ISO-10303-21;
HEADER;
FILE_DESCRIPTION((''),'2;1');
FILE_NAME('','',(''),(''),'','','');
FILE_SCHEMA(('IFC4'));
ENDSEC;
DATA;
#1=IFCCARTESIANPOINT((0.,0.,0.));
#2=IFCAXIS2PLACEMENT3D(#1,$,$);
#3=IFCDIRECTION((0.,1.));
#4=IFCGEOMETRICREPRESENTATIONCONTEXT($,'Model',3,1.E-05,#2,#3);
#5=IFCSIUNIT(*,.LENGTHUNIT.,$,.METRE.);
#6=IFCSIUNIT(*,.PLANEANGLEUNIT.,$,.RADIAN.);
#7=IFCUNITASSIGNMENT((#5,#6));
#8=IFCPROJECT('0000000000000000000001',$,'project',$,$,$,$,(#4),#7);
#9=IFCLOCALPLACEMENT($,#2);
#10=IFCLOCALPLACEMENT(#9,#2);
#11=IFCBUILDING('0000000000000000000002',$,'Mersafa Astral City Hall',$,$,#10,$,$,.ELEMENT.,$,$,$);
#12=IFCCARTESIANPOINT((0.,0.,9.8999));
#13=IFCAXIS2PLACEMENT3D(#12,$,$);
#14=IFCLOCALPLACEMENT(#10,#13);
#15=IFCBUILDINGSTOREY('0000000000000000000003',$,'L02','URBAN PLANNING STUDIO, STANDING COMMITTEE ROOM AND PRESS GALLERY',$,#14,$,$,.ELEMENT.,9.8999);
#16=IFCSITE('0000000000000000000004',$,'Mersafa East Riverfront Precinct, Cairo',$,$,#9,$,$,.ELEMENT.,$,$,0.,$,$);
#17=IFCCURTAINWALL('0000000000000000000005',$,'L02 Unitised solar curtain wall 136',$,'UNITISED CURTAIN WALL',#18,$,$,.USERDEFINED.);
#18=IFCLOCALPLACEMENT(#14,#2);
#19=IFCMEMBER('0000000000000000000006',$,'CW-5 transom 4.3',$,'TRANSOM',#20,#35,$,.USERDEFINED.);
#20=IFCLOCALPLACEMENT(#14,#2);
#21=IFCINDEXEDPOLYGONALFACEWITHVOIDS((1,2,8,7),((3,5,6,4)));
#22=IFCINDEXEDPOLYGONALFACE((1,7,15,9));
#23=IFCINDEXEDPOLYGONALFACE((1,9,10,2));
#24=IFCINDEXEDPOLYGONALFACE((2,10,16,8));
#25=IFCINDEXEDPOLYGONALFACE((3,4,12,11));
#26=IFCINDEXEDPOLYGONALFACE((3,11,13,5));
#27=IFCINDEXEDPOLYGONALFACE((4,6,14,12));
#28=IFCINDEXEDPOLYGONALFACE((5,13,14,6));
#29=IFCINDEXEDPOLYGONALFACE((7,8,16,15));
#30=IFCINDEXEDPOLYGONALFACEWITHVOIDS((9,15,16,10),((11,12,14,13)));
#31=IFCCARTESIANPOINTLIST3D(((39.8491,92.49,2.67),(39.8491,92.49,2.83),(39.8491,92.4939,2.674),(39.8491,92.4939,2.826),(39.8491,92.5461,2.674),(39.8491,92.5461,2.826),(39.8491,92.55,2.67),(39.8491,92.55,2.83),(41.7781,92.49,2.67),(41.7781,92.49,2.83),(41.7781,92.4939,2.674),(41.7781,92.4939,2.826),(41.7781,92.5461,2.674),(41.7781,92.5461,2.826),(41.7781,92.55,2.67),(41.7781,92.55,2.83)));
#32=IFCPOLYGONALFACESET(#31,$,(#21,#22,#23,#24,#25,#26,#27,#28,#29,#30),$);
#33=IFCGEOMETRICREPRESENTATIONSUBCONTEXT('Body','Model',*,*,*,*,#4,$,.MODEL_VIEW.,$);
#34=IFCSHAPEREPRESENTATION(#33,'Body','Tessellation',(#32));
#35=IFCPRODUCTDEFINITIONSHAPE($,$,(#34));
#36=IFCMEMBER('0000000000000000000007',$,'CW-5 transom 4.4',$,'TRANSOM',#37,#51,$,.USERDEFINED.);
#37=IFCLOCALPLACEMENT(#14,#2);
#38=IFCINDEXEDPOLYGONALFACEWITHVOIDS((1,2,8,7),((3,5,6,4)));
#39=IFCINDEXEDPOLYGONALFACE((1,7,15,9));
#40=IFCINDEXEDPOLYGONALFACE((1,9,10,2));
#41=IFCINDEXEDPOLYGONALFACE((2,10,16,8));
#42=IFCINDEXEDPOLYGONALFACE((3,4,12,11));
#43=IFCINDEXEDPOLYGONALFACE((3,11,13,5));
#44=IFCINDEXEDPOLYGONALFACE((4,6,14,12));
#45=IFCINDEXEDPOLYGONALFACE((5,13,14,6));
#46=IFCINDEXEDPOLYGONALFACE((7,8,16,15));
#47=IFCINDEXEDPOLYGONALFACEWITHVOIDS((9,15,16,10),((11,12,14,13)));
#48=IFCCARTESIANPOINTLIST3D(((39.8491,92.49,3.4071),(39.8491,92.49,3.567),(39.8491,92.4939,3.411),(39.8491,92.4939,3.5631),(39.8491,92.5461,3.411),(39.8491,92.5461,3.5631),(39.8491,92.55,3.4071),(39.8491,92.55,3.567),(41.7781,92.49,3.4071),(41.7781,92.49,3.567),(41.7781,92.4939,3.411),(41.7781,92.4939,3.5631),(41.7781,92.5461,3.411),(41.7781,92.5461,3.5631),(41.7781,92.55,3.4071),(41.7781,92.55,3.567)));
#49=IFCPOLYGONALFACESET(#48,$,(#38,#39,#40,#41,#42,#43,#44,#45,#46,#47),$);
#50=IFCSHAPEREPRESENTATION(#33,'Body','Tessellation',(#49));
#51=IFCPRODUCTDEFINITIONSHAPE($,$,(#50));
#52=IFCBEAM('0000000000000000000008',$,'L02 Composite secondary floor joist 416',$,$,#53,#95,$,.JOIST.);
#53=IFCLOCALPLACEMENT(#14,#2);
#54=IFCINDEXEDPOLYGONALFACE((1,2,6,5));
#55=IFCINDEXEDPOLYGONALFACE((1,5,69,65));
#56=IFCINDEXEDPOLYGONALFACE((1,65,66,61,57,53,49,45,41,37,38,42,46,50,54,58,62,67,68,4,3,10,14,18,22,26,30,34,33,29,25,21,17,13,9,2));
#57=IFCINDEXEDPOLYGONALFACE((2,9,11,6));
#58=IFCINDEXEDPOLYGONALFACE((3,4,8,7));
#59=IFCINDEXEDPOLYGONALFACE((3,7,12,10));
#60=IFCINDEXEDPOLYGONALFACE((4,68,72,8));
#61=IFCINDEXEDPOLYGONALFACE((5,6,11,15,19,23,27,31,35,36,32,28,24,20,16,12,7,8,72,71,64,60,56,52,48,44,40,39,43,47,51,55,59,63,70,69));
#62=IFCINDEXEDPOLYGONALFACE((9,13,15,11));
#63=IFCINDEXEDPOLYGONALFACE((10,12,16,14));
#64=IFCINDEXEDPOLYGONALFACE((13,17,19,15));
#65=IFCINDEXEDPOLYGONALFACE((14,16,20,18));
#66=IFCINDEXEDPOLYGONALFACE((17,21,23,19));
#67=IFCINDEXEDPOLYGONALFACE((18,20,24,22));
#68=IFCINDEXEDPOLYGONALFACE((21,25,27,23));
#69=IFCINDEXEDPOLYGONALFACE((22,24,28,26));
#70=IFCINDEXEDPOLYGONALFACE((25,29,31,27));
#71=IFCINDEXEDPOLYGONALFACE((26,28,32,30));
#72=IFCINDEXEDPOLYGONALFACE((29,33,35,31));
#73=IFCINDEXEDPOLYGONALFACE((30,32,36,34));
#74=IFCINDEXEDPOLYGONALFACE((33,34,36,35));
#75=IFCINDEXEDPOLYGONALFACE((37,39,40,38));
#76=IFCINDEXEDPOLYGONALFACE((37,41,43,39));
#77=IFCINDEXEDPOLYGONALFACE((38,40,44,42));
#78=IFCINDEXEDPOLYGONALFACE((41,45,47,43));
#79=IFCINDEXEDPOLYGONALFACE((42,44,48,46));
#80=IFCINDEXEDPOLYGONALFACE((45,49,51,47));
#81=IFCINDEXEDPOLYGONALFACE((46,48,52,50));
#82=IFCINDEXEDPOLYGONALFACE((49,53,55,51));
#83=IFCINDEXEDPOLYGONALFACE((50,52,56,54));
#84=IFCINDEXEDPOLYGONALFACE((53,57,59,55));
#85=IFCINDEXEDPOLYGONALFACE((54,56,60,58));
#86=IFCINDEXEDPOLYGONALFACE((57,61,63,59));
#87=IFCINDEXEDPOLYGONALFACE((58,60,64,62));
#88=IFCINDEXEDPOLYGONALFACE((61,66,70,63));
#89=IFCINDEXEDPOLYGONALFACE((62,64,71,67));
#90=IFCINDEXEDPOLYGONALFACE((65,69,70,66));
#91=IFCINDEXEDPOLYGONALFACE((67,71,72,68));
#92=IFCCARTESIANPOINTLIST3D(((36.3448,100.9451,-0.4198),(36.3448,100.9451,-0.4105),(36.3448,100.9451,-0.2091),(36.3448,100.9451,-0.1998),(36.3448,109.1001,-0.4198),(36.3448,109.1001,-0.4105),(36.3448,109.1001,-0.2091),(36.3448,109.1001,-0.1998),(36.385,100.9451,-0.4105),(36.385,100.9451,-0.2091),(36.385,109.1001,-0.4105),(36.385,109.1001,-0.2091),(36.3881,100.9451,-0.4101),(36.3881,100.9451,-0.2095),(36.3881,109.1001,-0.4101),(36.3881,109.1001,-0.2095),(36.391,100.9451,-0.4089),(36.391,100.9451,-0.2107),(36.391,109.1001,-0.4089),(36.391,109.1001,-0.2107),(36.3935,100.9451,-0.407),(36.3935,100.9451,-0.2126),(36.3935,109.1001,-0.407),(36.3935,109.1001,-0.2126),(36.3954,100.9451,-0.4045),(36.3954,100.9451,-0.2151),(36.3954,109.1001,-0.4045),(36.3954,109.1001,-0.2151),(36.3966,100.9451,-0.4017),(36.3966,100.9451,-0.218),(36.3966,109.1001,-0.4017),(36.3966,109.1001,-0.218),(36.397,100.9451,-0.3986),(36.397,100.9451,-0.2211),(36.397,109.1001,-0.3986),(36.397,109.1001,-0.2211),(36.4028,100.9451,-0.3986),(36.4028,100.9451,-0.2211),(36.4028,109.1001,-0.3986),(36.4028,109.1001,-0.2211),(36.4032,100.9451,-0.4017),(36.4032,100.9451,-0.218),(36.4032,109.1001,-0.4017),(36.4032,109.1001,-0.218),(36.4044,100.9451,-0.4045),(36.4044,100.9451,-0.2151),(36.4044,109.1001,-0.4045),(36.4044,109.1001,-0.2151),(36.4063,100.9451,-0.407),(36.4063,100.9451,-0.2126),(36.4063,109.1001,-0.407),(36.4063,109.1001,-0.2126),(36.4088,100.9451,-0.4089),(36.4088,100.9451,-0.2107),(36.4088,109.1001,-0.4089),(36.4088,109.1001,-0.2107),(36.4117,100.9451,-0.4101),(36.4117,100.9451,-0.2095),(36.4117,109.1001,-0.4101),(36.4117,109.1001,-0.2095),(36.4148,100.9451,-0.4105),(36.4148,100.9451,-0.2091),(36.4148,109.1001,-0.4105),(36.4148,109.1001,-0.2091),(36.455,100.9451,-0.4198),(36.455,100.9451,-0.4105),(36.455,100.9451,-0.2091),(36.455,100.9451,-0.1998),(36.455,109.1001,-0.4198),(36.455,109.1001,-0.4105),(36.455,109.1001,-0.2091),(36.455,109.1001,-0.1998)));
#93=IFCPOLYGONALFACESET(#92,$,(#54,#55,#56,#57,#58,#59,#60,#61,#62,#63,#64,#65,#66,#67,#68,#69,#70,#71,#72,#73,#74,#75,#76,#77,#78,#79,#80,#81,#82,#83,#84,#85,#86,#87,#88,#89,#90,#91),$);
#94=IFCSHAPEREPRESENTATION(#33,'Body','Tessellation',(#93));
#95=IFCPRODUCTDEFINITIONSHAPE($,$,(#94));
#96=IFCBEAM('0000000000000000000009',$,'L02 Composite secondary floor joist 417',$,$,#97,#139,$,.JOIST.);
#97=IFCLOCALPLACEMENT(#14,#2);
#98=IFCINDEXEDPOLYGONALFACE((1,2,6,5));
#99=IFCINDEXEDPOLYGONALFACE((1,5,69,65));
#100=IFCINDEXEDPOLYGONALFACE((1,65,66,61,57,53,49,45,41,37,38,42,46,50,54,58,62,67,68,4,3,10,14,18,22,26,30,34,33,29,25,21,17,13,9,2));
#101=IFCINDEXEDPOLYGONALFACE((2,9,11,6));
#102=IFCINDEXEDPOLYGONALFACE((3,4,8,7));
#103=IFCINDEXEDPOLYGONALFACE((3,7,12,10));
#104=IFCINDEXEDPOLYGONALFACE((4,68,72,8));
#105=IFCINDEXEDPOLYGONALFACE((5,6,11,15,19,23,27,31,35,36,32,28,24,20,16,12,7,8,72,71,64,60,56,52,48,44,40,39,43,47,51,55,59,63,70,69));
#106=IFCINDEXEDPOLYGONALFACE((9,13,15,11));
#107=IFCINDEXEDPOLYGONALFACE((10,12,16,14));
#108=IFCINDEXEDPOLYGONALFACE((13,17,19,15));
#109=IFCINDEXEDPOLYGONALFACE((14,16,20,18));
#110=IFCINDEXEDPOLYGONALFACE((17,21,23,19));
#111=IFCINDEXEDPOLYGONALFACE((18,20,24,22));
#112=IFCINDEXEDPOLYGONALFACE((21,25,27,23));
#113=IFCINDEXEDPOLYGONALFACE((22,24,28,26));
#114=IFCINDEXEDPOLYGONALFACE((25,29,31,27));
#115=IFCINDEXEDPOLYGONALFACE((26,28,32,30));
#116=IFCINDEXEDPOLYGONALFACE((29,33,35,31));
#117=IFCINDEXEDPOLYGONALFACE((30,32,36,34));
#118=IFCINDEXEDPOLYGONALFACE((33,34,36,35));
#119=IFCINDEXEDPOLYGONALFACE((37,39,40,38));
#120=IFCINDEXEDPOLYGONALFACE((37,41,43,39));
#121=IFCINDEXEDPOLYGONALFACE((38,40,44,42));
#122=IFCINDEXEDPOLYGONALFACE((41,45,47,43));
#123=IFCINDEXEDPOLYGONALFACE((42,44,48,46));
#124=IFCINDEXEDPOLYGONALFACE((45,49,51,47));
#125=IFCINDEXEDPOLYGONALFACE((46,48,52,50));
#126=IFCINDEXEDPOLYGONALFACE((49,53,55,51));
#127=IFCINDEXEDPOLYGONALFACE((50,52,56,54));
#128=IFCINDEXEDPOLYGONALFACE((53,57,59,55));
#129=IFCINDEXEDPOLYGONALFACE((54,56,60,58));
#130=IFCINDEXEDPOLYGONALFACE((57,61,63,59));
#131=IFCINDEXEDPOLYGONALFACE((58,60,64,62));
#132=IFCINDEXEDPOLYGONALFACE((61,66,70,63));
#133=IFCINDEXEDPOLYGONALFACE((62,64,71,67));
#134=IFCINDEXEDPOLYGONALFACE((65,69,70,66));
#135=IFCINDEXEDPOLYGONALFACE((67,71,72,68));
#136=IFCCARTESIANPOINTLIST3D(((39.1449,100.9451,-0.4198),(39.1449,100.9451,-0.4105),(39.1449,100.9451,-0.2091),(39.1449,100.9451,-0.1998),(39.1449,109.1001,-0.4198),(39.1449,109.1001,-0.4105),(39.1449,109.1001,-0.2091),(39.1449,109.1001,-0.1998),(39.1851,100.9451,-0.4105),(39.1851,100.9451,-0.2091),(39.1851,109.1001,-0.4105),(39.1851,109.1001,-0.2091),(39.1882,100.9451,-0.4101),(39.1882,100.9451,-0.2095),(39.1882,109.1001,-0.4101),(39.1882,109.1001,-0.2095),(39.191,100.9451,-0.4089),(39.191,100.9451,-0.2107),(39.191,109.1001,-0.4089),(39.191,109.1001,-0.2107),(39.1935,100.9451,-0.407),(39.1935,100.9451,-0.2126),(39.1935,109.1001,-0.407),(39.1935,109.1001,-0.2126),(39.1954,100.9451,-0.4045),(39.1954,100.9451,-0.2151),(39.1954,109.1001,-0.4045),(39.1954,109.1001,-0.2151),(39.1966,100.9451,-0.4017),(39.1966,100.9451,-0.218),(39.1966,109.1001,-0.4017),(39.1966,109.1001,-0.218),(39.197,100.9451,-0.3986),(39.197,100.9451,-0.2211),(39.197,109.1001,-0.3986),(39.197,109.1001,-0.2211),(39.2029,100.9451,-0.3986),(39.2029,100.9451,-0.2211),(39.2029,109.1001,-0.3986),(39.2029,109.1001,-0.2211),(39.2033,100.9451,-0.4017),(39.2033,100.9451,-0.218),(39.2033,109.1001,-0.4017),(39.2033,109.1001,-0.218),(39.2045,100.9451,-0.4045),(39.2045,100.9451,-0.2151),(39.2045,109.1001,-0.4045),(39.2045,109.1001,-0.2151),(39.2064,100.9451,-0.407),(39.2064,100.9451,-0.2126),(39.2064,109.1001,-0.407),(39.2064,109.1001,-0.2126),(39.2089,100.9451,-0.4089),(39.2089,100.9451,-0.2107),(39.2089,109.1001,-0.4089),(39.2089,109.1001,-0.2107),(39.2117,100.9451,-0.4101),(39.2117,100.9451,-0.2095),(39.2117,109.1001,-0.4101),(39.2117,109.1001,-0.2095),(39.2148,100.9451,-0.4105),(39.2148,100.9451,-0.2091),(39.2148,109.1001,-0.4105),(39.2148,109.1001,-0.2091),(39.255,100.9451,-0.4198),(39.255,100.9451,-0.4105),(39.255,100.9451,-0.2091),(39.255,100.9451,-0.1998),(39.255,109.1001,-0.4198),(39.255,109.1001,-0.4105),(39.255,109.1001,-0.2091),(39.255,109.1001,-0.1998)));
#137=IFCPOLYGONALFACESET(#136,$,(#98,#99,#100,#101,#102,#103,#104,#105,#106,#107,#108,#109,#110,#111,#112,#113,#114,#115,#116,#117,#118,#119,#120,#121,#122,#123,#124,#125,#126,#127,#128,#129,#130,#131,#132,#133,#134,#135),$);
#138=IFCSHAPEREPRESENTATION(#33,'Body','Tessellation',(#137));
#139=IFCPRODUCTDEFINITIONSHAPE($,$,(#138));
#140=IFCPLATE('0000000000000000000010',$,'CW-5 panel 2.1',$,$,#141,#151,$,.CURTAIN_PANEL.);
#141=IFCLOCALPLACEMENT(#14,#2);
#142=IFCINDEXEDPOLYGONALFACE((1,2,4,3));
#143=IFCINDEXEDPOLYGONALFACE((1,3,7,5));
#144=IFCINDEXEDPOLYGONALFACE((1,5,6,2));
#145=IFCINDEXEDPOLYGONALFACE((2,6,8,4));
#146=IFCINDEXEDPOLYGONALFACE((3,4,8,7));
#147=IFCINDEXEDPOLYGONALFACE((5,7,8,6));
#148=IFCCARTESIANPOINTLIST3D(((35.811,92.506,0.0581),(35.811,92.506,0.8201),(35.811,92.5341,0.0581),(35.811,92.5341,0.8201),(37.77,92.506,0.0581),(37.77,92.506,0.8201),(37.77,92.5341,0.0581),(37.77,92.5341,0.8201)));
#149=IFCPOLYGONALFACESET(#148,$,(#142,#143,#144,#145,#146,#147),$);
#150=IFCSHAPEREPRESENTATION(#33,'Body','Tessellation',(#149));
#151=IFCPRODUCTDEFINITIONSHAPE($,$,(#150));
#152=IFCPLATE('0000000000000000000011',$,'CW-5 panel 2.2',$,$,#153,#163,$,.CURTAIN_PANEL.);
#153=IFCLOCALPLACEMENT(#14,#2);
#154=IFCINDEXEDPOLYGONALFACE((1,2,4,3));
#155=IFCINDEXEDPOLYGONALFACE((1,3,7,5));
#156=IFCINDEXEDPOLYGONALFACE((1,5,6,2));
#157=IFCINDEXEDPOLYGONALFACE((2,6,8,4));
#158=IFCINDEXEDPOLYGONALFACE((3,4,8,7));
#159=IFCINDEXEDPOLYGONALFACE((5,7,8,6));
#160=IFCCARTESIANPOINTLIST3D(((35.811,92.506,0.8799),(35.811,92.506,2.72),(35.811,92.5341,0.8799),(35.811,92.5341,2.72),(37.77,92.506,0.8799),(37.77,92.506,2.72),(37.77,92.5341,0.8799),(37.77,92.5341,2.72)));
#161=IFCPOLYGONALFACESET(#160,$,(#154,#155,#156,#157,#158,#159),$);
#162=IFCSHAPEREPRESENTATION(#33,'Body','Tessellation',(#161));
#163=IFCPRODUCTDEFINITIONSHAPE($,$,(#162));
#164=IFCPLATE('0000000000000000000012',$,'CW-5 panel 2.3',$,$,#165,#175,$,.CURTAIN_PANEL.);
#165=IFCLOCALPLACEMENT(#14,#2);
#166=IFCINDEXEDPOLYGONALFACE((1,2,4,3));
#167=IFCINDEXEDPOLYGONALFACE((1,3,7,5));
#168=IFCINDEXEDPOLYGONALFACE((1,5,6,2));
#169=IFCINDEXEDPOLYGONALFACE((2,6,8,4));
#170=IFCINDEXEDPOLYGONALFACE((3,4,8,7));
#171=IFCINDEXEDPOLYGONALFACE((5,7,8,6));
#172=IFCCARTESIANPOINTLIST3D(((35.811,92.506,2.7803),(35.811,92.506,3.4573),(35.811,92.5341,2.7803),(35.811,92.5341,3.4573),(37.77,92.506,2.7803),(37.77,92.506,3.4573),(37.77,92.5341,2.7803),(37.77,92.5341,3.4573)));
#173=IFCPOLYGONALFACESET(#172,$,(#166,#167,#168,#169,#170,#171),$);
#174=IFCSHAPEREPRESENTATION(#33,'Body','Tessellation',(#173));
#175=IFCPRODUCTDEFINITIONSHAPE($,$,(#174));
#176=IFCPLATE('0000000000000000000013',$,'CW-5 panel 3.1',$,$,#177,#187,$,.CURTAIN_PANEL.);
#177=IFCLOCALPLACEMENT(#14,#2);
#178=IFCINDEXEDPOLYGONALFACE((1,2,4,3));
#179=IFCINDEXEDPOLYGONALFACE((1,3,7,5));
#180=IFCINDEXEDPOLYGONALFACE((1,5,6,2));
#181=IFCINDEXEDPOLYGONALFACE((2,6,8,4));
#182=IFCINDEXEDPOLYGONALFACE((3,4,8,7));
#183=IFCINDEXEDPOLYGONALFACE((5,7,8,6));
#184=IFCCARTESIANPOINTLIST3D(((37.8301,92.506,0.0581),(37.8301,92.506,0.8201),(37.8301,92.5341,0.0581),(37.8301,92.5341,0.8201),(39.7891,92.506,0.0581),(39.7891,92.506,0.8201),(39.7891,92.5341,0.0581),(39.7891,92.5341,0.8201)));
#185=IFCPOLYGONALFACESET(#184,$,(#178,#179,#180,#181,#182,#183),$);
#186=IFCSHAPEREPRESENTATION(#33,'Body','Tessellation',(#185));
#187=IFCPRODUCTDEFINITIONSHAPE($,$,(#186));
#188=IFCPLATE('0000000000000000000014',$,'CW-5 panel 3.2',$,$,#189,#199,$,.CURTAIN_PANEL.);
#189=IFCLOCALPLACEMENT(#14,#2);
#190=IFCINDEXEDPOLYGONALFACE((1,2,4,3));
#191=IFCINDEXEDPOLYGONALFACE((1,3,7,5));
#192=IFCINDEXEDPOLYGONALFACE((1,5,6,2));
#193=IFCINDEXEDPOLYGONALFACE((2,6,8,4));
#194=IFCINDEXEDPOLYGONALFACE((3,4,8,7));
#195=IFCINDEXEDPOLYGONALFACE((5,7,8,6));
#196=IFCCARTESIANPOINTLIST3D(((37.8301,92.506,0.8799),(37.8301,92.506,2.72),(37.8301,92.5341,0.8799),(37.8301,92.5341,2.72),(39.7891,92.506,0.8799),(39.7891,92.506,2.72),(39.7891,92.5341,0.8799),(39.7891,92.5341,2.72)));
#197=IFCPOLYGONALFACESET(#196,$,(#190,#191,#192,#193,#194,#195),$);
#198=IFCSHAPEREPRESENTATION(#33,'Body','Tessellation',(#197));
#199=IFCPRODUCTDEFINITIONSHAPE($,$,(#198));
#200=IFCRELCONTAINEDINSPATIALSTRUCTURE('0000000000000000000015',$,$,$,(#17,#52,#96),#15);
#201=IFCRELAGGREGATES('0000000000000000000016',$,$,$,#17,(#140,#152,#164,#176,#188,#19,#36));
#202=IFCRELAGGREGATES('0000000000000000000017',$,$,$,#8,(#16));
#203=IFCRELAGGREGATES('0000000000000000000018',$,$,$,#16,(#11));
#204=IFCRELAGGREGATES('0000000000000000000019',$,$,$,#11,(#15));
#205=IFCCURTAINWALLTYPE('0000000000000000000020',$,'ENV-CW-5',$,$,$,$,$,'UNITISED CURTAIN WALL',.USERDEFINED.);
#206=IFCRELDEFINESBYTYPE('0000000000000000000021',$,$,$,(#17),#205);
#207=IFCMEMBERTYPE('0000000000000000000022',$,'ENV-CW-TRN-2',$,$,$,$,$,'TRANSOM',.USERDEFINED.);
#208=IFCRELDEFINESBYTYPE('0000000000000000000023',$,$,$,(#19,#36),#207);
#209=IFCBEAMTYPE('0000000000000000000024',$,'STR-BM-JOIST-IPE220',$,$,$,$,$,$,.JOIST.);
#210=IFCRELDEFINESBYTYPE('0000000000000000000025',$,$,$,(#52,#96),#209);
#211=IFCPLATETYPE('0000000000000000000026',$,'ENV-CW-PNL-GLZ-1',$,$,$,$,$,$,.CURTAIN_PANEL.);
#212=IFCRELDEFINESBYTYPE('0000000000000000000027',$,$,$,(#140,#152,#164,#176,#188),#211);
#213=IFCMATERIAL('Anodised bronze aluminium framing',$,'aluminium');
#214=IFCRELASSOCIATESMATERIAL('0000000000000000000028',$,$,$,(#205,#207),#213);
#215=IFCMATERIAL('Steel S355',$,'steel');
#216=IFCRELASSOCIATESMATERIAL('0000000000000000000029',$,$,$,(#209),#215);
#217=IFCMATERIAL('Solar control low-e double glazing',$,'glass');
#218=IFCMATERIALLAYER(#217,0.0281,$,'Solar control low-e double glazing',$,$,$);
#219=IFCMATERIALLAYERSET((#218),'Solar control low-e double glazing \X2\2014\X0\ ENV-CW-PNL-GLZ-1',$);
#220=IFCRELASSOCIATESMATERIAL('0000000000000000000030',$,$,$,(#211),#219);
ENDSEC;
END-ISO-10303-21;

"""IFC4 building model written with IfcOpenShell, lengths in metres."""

from ifc_helpers import new_model, si_unit, direction, frame, origin, origin_2d, place, context, subcontext, project, spatial, rectangle, hollow_rectangle, i_section, extrude, material, layer, layer_set, material_profile, profile_set, type_object, element, aggregate, save


model = new_model("IFC4")

# Units and contexts
model_context = context("Model", 3, precision=1e-05, world=origin(), true_north=direction((0.0, 1.0)))
body_context = subcontext(model_context, "Body", "Model", "MODEL_VIEW")
ifc_project = project(units=[si_unit("LENGTHUNIT", "METRE"), si_unit("PLANEANGLEUNIT", "RADIAN")], contexts=[model_context])

# Site, building, storey
site_placement = place(None, origin())
site = spatial("IfcSite", under=ifc_project, at=site_placement, Name="Mersafa East Riverfront Precinct, Cairo", CompositionType="ELEMENT", RefElevation=0.0)
building_placement = place(site_placement, origin())
building = spatial("IfcBuilding", under=site, at=building_placement, Name="Mersafa Astral City Hall", CompositionType="ELEMENT")
storey_placement = place(building_placement, frame((0.0, 0.0, 9.8999)))
storey = spatial("IfcBuildingStorey", under=building, at=storey_placement, Name="L02", Description="URBAN PLANNING STUDIO, STANDING COMMITTEE ROOM AND PRESS GALLERY", CompositionType="ELEMENT", Elevation=9.8999)

# Curtain wall
ifc_material_1 = material(Name="Anodised bronze aluminium framing", Category="aluminium")
curtain_wall_type_1 = type_object("IfcCurtainWallType", Name="ENV-CW-5", ElementType="UNITISED CURTAIN WALL", PredefinedType="USERDEFINED", material=ifc_material_1)
curtain_wall_1_placement = place(storey_placement, origin())
curtain_wall_1 = element("IfcCurtainWall", 1, at=curtain_wall_1_placement, inside=storey, type_object=curtain_wall_type_1, Name="L02 Unitised solar curtain wall 136", ObjectType="UNITISED CURTAIN WALL", PredefinedType="USERDEFINED")

# Members
ifc_material_profile_1 = material_profile(ifc_material_1, hollow_rectangle(XDim=0.0601, YDim=0.1599, WallThickness=0.0039, at=origin_2d()), Name="RHS 60x160x4")
ifc_profile_set_1 = profile_set([ifc_material_profile_1], Name="Anodised bronze aluminium framing")
member_type_1 = type_object("IfcMemberType", Name="ENV-CW-TRN-2", ElementType="TRANSOM", PredefinedType="USERDEFINED", material=ifc_profile_set_1)
member_1_placement = place(storey_placement, frame((39.8491, 92.52, 2.75), z_axis=(1.0, 0.0, 0.0), x_axis=(0.0, 1.0, 0.0)))
member_1 = element("IfcMember", 2, at=member_1_placement, type_object=member_type_1, Name="CW-5 transom 4.3", ObjectType="TRANSOM", PredefinedType="USERDEFINED", context=body_context, shape_type="SweptSolid", body=[
    extrude(hollow_rectangle(XDim=0.0601, YDim=0.1599, WallThickness=0.0039, at=origin_2d()), origin(), (0.0, 0.0, 1.0), 1.929),
])
member_2_placement = place(storey_placement, frame((39.8491, 92.52, 3.4871), z_axis=(1.0, 0.0, 0.0), x_axis=(0.0, 1.0, 0.0)))
member_2 = element("IfcMember", 3, at=member_2_placement, type_object=member_type_1, Name="CW-5 transom 4.4", ObjectType="TRANSOM", PredefinedType="USERDEFINED", context=body_context, shape_type="SweptSolid", body=[
    extrude(hollow_rectangle(XDim=0.0601, YDim=0.1599, WallThickness=0.0039, at=origin_2d()), origin(), (0.0, 0.0, 1.0), 1.929),
])

# Beams
ifc_material_2 = material(Name="Steel S355", Category="steel")
ifc_material_profile_2 = material_profile(ifc_material_2, i_section(OverallWidth=0.1101, OverallDepth=0.22, WebThickness=0.0059, FlangeThickness=0.0093, FilletRadius=0.012, at=origin_2d()), Name="IPE 220")
ifc_profile_set_2 = profile_set([ifc_material_profile_2], Name="Steel S355")
beam_type = type_object("IfcBeamType", Name="STR-BM-JOIST-IPE220", PredefinedType="JOIST", material=ifc_profile_set_2)
for number, where, z_axis, x_axis, name in (
    (4, (36.3999, 100.9451, -0.3098), (0.0, 1.0, 0.0), (-1.0, 0.0, 0.0), "L02 Composite secondary floor joist 416"),
    (5, (39.2, 100.9451, -0.3098), (0.0, 1.0, 0.0), (-1.0, 0.0, 0.0), "L02 Composite secondary floor joist 417"),
):
    element("IfcBeam", number, at=place(storey_placement, frame(where, z_axis=z_axis, x_axis=x_axis)), inside=storey, type_object=beam_type, Name=name, PredefinedType="JOIST", context=body_context, shape_type="SweptSolid", body=[
        extrude(i_section(OverallWidth=0.1101, OverallDepth=0.22, WebThickness=0.0059, FlangeThickness=0.0093, FilletRadius=0.012, at=origin_2d()), origin(), (0.0, 0.0, 1.0), 8.155),
    ])

# Plates
ifc_material_3 = material(Name="Solar control low-e double glazing", Category="glass")
ifc_layer = layer(ifc_material_3, 0.0281, Name="Solar control low-e double glazing")
ifc_layer_set = layer_set([ifc_layer], Name="Solar control low-e double glazing — ENV-CW-PNL-GLZ-1")
plate_type = type_object("IfcPlateType", Name="ENV-CW-PNL-GLZ-1", PredefinedType="CURTAIN_PANEL", material=ifc_layer_set)
plate_1_placement = place(storey_placement, frame((36.7905, 92.52, 0.0581), z_axis=(0.0, 0.0, 1.0), x_axis=(1.0, 0.0, 0.0)))
plate_1 = element("IfcPlate", 6, at=plate_1_placement, type_object=plate_type, Name="CW-5 panel 2.1", PredefinedType="CURTAIN_PANEL", context=body_context, shape_type="SweptSolid", body=[
    extrude(rectangle(XDim=1.959, YDim=0.0281, at=origin_2d()), origin(), (0.0, 0.0, 1.0), 0.762),
])
plate_2_placement = place(storey_placement, frame((36.7905, 92.52, 0.8799), z_axis=(0.0, 0.0, 1.0), x_axis=(1.0, 0.0, 0.0)))
plate_2 = element("IfcPlate", 7, at=plate_2_placement, type_object=plate_type, Name="CW-5 panel 2.2", PredefinedType="CURTAIN_PANEL", context=body_context, shape_type="SweptSolid", body=[
    extrude(rectangle(XDim=1.959, YDim=0.0281, at=origin_2d()), origin(), (0.0, 0.0, 1.0), 1.8401),
])
plate_3_placement = place(storey_placement, frame((36.7905, 92.52, 2.7803), z_axis=(0.0, 0.0, 1.0), x_axis=(1.0, 0.0, 0.0)))
plate_3 = element("IfcPlate", 8, at=plate_3_placement, type_object=plate_type, Name="CW-5 panel 2.3", PredefinedType="CURTAIN_PANEL", context=body_context, shape_type="SweptSolid", body=[
    extrude(rectangle(XDim=1.959, YDim=0.0281, at=origin_2d()), origin(), (0.0, 0.0, 1.0), 0.677),
])
plate_4_placement = place(storey_placement, frame((38.8096, 92.52, 0.0581), z_axis=(0.0, 0.0, 1.0), x_axis=(1.0, 0.0, 0.0)))
plate_4 = element("IfcPlate", 9, at=plate_4_placement, type_object=plate_type, Name="CW-5 panel 3.1", PredefinedType="CURTAIN_PANEL", context=body_context, shape_type="SweptSolid", body=[
    extrude(rectangle(XDim=1.959, YDim=0.0281, at=origin_2d()), origin(), (0.0, 0.0, 1.0), 0.762),
])
plate_5_placement = place(storey_placement, frame((38.8096, 92.52, 0.8799), z_axis=(0.0, 0.0, 1.0), x_axis=(1.0, 0.0, 0.0)))
plate_5 = element("IfcPlate", 10, at=plate_5_placement, type_object=plate_type, Name="CW-5 panel 3.2", PredefinedType="CURTAIN_PANEL", context=body_context, shape_type="SweptSolid", body=[
    extrude(rectangle(XDim=1.959, YDim=0.0281, at=origin_2d()), origin(), (0.0, 0.0, 1.0), 1.8401),
])
aggregate(curtain_wall_1, [plate_1, plate_2, plate_3, plate_4, plate_5, member_1, member_2])

save(model, "model.ifc")
